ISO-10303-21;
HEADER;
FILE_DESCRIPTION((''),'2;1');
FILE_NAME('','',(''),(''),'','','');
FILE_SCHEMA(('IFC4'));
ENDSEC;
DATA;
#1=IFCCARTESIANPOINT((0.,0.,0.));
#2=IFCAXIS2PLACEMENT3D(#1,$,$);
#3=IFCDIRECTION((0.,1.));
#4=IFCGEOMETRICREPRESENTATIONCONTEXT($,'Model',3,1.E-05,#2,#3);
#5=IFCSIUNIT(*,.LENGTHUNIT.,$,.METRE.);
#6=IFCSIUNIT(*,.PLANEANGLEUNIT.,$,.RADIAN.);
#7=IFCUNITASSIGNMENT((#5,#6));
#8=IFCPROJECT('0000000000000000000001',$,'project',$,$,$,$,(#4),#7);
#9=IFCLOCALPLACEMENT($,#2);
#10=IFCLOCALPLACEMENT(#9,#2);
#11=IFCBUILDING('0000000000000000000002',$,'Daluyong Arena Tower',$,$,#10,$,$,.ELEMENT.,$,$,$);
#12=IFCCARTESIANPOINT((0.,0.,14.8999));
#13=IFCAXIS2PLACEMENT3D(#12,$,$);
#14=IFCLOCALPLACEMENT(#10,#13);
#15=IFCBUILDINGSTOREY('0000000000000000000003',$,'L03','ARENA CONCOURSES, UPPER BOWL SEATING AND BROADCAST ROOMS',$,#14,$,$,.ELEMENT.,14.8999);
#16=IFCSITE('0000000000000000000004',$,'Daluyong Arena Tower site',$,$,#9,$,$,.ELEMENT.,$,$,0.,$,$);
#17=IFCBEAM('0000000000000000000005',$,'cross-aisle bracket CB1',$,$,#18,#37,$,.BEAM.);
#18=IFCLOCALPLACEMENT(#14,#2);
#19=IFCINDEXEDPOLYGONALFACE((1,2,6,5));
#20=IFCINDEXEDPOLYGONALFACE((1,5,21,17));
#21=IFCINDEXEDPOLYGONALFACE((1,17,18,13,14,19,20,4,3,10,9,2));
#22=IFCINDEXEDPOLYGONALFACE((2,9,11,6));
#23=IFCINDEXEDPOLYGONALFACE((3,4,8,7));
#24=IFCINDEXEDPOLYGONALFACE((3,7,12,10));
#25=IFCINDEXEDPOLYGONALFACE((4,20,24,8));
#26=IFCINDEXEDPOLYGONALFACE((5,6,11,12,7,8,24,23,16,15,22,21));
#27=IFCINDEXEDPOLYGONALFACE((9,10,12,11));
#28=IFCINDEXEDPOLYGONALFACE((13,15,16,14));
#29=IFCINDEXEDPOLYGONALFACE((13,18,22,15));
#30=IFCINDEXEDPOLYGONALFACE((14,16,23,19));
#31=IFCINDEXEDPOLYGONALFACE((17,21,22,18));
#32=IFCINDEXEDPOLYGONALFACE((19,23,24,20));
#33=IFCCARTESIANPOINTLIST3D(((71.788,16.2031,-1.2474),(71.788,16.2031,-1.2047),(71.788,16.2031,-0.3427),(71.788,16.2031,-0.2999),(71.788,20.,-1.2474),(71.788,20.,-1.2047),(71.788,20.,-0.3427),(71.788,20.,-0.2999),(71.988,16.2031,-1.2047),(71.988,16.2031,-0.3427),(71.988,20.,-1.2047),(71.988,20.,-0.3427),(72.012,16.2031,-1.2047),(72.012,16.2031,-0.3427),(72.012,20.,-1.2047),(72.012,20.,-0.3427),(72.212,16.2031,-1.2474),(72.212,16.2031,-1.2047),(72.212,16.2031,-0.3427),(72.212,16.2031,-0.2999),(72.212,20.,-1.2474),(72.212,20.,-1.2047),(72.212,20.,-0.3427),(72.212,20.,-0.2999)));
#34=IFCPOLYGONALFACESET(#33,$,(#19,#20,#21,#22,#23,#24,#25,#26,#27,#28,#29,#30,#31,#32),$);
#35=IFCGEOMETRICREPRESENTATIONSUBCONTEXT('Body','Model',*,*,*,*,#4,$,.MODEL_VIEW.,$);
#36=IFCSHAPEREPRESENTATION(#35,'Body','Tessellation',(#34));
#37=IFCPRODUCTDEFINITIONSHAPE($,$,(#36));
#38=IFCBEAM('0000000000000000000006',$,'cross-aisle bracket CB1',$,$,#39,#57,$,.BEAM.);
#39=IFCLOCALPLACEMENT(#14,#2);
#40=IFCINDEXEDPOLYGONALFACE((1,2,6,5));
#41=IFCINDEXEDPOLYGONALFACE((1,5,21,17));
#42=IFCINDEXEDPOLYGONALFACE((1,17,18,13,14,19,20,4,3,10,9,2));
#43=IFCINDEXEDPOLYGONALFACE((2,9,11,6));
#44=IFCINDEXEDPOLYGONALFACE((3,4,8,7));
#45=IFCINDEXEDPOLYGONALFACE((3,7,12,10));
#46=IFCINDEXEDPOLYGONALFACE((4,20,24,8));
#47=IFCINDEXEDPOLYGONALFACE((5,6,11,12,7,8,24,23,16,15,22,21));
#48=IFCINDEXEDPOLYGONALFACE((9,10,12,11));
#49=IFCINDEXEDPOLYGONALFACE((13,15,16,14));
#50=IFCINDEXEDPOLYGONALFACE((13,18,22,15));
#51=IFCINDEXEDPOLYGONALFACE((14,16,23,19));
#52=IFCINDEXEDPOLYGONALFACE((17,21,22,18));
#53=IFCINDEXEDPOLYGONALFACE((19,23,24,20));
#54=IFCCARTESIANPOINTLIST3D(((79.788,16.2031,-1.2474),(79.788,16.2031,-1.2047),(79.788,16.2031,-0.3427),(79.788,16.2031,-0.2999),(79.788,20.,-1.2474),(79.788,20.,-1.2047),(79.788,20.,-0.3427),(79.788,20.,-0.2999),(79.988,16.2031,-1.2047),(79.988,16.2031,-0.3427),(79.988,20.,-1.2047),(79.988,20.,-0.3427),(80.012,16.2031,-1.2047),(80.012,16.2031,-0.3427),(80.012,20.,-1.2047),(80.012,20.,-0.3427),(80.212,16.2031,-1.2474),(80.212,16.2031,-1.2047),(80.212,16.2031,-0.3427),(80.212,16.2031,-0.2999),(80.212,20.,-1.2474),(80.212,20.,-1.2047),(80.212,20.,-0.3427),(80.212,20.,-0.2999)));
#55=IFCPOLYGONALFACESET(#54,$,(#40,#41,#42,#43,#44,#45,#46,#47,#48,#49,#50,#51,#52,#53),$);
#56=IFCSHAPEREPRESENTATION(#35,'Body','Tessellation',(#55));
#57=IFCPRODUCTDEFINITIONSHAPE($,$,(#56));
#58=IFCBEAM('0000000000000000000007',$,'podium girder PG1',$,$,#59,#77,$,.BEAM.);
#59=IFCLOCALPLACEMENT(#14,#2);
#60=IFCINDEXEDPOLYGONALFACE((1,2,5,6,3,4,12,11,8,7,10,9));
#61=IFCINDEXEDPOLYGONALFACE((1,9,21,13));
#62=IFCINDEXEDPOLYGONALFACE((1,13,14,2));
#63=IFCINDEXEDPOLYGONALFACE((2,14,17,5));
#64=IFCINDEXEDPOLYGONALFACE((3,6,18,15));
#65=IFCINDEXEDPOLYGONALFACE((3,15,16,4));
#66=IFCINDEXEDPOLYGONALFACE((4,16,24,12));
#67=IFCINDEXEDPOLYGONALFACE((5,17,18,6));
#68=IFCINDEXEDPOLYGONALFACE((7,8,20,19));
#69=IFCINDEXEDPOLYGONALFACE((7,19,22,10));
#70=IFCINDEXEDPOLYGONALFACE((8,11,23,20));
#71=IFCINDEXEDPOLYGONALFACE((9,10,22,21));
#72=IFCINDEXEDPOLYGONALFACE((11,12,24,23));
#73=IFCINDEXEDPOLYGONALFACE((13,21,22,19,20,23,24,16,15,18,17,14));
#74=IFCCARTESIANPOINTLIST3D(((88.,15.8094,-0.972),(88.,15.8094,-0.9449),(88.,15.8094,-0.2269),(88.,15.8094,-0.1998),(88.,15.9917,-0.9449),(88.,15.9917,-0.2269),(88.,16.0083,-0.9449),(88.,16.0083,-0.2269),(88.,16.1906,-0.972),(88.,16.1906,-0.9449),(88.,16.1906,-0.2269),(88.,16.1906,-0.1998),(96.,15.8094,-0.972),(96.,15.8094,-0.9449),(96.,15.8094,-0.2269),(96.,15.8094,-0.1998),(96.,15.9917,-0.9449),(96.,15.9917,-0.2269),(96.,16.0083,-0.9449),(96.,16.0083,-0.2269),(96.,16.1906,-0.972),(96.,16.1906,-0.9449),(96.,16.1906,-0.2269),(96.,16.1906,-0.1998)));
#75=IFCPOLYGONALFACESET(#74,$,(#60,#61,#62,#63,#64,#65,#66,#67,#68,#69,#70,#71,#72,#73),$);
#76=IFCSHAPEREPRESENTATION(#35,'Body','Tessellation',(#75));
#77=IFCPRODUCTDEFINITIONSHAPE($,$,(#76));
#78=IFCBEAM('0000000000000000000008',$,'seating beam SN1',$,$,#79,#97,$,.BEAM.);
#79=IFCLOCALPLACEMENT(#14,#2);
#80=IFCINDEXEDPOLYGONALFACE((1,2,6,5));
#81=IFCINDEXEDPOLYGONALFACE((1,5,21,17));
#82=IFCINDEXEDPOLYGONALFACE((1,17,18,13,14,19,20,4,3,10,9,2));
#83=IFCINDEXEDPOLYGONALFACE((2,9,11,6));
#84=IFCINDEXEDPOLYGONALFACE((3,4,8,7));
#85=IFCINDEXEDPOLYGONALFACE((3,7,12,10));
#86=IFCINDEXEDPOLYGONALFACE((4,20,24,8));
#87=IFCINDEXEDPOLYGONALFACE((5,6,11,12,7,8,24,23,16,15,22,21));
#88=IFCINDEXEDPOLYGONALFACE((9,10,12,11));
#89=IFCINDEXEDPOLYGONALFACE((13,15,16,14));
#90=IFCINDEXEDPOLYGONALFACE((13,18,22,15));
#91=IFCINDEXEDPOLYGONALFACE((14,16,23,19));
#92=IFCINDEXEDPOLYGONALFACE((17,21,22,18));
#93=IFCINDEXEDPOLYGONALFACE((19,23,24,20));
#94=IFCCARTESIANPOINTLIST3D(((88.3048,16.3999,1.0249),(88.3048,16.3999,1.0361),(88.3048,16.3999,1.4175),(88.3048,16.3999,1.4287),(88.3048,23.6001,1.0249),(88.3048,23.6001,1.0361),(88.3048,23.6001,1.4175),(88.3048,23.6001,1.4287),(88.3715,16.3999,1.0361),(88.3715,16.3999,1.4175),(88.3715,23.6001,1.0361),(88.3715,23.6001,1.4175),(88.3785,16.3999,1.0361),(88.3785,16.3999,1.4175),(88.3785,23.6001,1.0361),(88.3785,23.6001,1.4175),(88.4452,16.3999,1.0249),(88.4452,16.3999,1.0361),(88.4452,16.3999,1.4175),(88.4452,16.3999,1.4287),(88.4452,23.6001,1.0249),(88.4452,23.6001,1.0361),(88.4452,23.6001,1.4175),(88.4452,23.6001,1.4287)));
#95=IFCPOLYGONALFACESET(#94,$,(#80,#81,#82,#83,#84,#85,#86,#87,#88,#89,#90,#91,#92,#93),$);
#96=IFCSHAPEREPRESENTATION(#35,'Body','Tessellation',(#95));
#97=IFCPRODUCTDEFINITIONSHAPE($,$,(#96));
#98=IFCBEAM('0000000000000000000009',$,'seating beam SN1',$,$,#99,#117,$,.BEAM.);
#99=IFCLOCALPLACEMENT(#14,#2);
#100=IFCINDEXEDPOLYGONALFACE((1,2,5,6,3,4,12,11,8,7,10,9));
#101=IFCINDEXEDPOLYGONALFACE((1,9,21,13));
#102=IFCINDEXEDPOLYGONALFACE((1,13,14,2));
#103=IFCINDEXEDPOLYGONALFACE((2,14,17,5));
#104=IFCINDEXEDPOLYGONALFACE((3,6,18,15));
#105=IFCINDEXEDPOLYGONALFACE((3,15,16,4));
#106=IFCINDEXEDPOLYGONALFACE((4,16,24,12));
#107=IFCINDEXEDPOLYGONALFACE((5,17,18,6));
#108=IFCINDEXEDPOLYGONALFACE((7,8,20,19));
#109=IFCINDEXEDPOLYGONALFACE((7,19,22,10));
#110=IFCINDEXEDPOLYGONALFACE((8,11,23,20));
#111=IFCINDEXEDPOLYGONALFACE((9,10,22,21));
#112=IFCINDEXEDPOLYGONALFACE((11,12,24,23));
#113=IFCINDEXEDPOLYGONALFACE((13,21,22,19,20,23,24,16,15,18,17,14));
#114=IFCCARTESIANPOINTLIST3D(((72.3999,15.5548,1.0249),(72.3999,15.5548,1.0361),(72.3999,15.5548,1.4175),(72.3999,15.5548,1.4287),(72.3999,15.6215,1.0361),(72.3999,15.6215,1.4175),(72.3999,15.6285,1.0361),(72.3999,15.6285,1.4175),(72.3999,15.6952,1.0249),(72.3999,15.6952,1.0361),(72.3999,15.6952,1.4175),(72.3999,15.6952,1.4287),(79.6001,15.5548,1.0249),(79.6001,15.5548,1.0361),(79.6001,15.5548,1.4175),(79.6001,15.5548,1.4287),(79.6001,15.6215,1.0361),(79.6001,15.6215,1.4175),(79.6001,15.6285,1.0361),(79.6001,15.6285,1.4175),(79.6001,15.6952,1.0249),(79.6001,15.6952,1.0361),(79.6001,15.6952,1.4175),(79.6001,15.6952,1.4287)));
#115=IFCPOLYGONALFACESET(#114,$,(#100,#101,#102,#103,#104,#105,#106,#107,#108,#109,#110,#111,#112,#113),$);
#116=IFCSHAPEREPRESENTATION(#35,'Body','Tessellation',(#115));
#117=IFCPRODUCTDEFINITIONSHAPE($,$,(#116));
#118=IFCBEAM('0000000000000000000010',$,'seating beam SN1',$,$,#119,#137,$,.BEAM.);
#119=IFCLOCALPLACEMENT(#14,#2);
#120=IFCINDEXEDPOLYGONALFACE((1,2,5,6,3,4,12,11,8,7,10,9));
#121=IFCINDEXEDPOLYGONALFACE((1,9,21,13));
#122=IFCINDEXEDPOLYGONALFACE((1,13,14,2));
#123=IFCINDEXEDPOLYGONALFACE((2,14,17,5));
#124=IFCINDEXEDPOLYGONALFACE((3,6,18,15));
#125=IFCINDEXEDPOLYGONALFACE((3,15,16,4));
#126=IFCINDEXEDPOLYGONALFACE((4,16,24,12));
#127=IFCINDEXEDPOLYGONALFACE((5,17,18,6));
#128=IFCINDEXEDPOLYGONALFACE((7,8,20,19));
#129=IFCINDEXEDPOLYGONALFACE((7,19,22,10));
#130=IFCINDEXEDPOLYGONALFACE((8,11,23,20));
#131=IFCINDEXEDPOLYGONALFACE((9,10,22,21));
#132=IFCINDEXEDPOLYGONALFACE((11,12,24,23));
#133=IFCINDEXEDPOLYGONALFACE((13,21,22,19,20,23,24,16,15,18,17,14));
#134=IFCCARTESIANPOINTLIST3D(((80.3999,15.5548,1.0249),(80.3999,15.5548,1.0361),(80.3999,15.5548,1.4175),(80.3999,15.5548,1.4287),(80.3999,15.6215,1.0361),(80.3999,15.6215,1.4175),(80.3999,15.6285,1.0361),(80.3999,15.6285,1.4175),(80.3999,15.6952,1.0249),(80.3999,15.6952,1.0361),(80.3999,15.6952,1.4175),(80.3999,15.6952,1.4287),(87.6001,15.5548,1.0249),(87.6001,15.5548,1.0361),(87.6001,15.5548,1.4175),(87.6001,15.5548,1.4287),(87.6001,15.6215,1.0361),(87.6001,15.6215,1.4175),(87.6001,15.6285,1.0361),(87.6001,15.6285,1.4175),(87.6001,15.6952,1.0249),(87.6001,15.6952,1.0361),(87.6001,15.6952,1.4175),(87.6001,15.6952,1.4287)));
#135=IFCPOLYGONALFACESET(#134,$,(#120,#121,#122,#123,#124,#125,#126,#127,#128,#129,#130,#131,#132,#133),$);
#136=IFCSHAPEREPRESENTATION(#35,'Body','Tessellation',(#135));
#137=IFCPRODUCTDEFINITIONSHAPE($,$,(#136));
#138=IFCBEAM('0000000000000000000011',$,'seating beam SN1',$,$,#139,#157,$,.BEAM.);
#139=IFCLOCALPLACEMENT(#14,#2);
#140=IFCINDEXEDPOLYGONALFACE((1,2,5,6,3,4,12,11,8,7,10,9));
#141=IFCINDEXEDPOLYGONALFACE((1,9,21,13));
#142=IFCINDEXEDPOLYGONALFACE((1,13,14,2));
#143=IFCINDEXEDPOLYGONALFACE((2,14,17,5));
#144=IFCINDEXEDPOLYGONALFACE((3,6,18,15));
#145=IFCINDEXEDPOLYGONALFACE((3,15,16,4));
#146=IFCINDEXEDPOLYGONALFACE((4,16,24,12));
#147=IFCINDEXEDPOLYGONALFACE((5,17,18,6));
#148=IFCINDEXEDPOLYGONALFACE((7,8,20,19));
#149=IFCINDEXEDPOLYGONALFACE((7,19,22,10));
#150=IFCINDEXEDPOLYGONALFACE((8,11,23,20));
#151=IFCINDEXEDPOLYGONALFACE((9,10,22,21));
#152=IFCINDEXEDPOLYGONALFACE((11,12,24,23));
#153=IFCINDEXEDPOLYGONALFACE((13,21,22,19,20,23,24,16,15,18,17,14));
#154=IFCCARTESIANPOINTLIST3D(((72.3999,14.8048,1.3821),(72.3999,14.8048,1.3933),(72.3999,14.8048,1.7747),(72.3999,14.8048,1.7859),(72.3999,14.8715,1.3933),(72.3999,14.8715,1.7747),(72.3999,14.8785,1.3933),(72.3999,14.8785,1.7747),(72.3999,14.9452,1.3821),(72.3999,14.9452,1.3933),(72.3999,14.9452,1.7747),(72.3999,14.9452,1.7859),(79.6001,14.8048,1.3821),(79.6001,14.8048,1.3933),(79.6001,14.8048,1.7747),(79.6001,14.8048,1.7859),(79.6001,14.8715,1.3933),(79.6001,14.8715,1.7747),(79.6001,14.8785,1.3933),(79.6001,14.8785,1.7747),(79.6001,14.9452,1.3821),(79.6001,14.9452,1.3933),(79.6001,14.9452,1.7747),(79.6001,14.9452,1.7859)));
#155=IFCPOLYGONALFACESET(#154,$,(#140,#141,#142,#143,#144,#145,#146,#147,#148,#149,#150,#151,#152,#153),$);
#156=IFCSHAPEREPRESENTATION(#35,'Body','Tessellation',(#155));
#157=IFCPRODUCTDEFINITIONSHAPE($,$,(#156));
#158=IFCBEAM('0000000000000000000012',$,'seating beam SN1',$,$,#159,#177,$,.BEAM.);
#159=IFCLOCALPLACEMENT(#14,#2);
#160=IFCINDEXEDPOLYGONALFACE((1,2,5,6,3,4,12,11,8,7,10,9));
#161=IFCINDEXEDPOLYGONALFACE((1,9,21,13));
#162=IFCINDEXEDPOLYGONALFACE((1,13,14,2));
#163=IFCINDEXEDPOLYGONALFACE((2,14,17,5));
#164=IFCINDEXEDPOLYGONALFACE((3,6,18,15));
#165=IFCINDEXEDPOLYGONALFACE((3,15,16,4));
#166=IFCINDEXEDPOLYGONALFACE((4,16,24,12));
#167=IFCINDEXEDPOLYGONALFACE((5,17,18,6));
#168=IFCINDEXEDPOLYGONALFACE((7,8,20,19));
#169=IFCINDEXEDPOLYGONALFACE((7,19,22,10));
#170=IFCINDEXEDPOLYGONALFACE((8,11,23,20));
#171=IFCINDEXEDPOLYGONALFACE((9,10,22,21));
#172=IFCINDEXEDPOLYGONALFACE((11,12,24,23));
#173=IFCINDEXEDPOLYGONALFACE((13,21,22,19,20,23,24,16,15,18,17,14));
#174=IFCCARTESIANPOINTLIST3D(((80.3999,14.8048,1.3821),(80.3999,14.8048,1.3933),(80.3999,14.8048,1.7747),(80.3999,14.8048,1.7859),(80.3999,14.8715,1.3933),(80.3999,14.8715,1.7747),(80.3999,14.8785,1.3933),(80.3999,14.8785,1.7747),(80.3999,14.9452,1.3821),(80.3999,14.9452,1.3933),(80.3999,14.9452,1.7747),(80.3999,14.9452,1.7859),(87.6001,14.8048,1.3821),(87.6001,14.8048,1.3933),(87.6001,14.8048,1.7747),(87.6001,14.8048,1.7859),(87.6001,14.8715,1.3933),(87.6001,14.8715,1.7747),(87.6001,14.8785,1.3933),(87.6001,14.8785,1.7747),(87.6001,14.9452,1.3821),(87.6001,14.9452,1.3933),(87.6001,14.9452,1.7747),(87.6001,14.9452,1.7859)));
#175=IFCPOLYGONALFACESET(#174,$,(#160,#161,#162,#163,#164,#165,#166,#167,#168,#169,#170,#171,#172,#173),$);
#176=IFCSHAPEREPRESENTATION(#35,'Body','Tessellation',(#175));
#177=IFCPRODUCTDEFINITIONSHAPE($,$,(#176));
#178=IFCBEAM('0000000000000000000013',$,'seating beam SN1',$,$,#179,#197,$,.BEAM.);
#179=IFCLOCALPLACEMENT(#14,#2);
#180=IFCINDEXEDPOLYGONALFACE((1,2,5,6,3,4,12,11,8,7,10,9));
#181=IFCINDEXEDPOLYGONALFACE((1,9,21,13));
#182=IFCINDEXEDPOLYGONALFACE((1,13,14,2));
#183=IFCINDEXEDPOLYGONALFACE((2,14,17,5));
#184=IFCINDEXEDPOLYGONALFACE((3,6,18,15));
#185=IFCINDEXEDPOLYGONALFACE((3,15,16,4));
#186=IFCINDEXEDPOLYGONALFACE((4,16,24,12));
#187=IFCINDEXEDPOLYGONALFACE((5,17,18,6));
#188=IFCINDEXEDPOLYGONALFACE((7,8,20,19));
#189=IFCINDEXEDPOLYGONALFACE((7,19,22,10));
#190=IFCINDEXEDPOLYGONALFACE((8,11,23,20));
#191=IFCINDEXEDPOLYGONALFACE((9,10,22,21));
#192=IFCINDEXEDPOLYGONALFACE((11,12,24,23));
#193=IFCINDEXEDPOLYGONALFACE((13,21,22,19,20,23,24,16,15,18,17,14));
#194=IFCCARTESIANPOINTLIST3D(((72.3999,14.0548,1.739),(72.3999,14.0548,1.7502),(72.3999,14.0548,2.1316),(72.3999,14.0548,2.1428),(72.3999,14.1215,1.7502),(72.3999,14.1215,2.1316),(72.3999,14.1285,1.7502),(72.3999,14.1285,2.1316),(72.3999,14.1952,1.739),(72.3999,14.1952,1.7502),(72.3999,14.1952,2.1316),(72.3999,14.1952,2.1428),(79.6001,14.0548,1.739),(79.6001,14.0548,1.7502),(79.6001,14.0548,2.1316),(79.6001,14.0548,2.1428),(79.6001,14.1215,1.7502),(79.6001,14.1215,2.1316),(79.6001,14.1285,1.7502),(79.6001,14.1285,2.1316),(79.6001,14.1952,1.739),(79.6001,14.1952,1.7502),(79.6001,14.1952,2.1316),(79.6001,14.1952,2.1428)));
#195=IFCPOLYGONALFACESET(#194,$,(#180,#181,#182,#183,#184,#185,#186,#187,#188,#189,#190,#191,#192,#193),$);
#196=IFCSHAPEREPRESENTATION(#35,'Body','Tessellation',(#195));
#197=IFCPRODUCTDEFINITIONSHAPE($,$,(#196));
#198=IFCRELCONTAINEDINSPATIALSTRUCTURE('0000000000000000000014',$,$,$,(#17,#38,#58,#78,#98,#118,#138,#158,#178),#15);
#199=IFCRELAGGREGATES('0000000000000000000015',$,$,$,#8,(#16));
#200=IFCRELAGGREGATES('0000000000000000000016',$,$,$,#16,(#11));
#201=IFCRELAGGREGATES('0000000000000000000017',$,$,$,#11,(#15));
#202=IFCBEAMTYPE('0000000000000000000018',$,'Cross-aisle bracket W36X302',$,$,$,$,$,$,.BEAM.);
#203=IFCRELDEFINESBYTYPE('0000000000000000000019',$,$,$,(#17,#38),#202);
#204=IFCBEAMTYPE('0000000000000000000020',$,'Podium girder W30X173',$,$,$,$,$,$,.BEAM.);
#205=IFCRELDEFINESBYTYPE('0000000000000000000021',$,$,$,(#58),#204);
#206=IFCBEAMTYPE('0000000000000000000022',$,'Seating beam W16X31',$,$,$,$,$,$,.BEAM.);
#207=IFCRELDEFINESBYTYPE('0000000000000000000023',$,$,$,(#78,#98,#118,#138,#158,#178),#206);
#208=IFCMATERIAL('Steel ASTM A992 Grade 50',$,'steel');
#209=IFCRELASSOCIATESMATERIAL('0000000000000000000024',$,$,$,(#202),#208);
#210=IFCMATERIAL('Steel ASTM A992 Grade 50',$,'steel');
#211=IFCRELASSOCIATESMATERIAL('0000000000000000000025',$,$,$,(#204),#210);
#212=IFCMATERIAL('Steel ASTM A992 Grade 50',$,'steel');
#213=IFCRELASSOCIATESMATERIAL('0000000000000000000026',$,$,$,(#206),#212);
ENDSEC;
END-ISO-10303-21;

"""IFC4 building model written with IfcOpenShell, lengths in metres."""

from ifc_helpers import new_model, si_unit, direction, frame, origin, origin_2d, place, context, subcontext, project, spatial, i_section, extrude, material, material_profile, profile_set, type_object, element, save


model = new_model("IFC4")

# Units and contexts
model_context = context("Model", 3, precision=1e-05, world=origin(), true_north=direction((0.0, 1.0)))
body_context = subcontext(model_context, "Body", "Model", "MODEL_VIEW")
ifc_project = project(units=[si_unit("LENGTHUNIT", "METRE"), si_unit("PLANEANGLEUNIT", "RADIAN")], contexts=[model_context])

# Site, building, storey
site_placement = place(None, origin())
site = spatial("IfcSite", under=ifc_project, at=site_placement, Name="Daluyong Arena Tower site", CompositionType="ELEMENT", RefElevation=0.0)
building_placement = place(site_placement, origin())
building = spatial("IfcBuilding", under=site, at=building_placement, Name="Daluyong Arena Tower", CompositionType="ELEMENT")
storey_placement = place(building_placement, frame((0.0, 0.0, 14.8999)))
storey = spatial("IfcBuildingStorey", under=building, at=storey_placement, Name="L03", Description="ARENA CONCOURSES, UPPER BOWL SEATING AND BROADCAST ROOMS", CompositionType="ELEMENT", Elevation=14.8999)

# Beams
ifc_material_1 = material(Name="Steel ASTM A992 Grade 50", Category="steel")
ifc_material_profile_1 = material_profile(ifc_material_1, i_section(OverallWidth=0.4241, OverallDepth=0.9475, WebThickness=0.0239, FlangeThickness=0.0427, at=origin_2d()))
ifc_profile_set_1 = profile_set([ifc_material_profile_1], Name="Steel ASTM A992 Grade 50")
beam_type_1 = type_object("IfcBeamType", Name="Cross-aisle bracket W36X302", PredefinedType="BEAM", material=ifc_profile_set_1)
for number, where, z_axis, x_axis, name in (
    (1, (72.0, 16.2031, -0.7737), (0.0, 1.0, 0.0), (-1.0, 0.0, 0.0), "cross-aisle bracket CB1"),
    (2, (80.0, 16.2031, -0.7737), (0.0, 1.0, 0.0), (-1.0, 0.0, 0.0), "cross-aisle bracket CB1"),
):
    element("IfcBeam", number, at=place(storey_placement, frame(where, z_axis=z_axis, x_axis=x_axis)), inside=storey, type_object=beam_type_1, Name=name, PredefinedType="BEAM", context=body_context, shape_type="SweptSolid", body=[
        extrude(i_section(OverallWidth=0.4241, OverallDepth=0.9475, WebThickness=0.0239, FlangeThickness=0.0427, at=origin_2d()), origin(), (0.0, 0.0, 1.0), 3.7969),
    ])
ifc_material_2 = material(Name="Steel ASTM A992 Grade 50", Category="steel")
ifc_material_profile_2 = material_profile(ifc_material_2, i_section(OverallWidth=0.3811, OverallDepth=0.7722, WebThickness=0.0166, FlangeThickness=0.0271, at=origin_2d()))
ifc_profile_set_2 = profile_set([ifc_material_profile_2], Name="Steel ASTM A992 Grade 50")
beam_type_2 = type_object("IfcBeamType", Name="Podium girder W30X173", PredefinedType="BEAM", material=ifc_profile_set_2)
beam_placement = place(storey_placement, frame((88.0, 16.0, -0.5859), z_axis=(1.0, 0.0, 0.0), x_axis=(0.0, 1.0, 0.0)))
element("IfcBeam", 3, at=beam_placement, inside=storey, type_object=beam_type_2, Name="podium girder PG1", PredefinedType="BEAM", context=body_context, shape_type="SweptSolid", body=[
    extrude(i_section(OverallWidth=0.3811, OverallDepth=0.7722, WebThickness=0.0166, FlangeThickness=0.0271, at=origin_2d()), origin(), (0.0, 0.0, 1.0), 8.0),
])
ifc_material_3 = material(Name="Steel ASTM A992 Grade 50", Category="steel")
ifc_material_profile_3 = material_profile(ifc_material_3, i_section(OverallWidth=0.1404, OverallDepth=0.4038, WebThickness=0.0071, FlangeThickness=0.0112, at=origin_2d()))
ifc_profile_set_3 = profile_set([ifc_material_profile_3], Name="Steel ASTM A992 Grade 50")
beam_type_3 = type_object("IfcBeamType", Name="Seating beam W16X31", PredefinedType="BEAM", material=ifc_profile_set_3)
for number, where, z_axis, x_axis, name in (
    (4, (88.375, 16.3999, 1.2268), (0.0, 1.0, 0.0), (-1.0, 0.0, 0.0), "seating beam SN1"),
    (5, (72.3999, 15.625, 1.2268), (1.0, 0.0, 0.0), (0.0, 1.0, 0.0), "seating beam SN1"),
    (6, (80.3999, 15.625, 1.2268), (1.0, 0.0, 0.0), (0.0, 1.0, 0.0), "seating beam SN1"),
    (7, (72.3999, 14.875, 1.584), (1.0, 0.0, 0.0), (0.0, 1.0, 0.0), "seating beam SN1"),
    (8, (80.3999, 14.875, 1.584), (1.0, 0.0, 0.0), (0.0, 1.0, 0.0), "seating beam SN1"),
    (9, (72.3999, 14.125, 1.9409), (1.0, 0.0, 0.0), (0.0, 1.0, 0.0), "seating beam SN1"),
):
    element("IfcBeam", number, at=place(storey_placement, frame(where, z_axis=z_axis, x_axis=x_axis)), inside=storey, type_object=beam_type_3, Name=name, PredefinedType="BEAM", context=body_context, shape_type="SweptSolid", body=[
        extrude(i_section(OverallWidth=0.1404, OverallDepth=0.4038, WebThickness=0.0071, FlangeThickness=0.0112, at=origin_2d()), origin(), (0.0, 0.0, 1.0), 7.2002),
    ])

save(model, "model.ifc")
